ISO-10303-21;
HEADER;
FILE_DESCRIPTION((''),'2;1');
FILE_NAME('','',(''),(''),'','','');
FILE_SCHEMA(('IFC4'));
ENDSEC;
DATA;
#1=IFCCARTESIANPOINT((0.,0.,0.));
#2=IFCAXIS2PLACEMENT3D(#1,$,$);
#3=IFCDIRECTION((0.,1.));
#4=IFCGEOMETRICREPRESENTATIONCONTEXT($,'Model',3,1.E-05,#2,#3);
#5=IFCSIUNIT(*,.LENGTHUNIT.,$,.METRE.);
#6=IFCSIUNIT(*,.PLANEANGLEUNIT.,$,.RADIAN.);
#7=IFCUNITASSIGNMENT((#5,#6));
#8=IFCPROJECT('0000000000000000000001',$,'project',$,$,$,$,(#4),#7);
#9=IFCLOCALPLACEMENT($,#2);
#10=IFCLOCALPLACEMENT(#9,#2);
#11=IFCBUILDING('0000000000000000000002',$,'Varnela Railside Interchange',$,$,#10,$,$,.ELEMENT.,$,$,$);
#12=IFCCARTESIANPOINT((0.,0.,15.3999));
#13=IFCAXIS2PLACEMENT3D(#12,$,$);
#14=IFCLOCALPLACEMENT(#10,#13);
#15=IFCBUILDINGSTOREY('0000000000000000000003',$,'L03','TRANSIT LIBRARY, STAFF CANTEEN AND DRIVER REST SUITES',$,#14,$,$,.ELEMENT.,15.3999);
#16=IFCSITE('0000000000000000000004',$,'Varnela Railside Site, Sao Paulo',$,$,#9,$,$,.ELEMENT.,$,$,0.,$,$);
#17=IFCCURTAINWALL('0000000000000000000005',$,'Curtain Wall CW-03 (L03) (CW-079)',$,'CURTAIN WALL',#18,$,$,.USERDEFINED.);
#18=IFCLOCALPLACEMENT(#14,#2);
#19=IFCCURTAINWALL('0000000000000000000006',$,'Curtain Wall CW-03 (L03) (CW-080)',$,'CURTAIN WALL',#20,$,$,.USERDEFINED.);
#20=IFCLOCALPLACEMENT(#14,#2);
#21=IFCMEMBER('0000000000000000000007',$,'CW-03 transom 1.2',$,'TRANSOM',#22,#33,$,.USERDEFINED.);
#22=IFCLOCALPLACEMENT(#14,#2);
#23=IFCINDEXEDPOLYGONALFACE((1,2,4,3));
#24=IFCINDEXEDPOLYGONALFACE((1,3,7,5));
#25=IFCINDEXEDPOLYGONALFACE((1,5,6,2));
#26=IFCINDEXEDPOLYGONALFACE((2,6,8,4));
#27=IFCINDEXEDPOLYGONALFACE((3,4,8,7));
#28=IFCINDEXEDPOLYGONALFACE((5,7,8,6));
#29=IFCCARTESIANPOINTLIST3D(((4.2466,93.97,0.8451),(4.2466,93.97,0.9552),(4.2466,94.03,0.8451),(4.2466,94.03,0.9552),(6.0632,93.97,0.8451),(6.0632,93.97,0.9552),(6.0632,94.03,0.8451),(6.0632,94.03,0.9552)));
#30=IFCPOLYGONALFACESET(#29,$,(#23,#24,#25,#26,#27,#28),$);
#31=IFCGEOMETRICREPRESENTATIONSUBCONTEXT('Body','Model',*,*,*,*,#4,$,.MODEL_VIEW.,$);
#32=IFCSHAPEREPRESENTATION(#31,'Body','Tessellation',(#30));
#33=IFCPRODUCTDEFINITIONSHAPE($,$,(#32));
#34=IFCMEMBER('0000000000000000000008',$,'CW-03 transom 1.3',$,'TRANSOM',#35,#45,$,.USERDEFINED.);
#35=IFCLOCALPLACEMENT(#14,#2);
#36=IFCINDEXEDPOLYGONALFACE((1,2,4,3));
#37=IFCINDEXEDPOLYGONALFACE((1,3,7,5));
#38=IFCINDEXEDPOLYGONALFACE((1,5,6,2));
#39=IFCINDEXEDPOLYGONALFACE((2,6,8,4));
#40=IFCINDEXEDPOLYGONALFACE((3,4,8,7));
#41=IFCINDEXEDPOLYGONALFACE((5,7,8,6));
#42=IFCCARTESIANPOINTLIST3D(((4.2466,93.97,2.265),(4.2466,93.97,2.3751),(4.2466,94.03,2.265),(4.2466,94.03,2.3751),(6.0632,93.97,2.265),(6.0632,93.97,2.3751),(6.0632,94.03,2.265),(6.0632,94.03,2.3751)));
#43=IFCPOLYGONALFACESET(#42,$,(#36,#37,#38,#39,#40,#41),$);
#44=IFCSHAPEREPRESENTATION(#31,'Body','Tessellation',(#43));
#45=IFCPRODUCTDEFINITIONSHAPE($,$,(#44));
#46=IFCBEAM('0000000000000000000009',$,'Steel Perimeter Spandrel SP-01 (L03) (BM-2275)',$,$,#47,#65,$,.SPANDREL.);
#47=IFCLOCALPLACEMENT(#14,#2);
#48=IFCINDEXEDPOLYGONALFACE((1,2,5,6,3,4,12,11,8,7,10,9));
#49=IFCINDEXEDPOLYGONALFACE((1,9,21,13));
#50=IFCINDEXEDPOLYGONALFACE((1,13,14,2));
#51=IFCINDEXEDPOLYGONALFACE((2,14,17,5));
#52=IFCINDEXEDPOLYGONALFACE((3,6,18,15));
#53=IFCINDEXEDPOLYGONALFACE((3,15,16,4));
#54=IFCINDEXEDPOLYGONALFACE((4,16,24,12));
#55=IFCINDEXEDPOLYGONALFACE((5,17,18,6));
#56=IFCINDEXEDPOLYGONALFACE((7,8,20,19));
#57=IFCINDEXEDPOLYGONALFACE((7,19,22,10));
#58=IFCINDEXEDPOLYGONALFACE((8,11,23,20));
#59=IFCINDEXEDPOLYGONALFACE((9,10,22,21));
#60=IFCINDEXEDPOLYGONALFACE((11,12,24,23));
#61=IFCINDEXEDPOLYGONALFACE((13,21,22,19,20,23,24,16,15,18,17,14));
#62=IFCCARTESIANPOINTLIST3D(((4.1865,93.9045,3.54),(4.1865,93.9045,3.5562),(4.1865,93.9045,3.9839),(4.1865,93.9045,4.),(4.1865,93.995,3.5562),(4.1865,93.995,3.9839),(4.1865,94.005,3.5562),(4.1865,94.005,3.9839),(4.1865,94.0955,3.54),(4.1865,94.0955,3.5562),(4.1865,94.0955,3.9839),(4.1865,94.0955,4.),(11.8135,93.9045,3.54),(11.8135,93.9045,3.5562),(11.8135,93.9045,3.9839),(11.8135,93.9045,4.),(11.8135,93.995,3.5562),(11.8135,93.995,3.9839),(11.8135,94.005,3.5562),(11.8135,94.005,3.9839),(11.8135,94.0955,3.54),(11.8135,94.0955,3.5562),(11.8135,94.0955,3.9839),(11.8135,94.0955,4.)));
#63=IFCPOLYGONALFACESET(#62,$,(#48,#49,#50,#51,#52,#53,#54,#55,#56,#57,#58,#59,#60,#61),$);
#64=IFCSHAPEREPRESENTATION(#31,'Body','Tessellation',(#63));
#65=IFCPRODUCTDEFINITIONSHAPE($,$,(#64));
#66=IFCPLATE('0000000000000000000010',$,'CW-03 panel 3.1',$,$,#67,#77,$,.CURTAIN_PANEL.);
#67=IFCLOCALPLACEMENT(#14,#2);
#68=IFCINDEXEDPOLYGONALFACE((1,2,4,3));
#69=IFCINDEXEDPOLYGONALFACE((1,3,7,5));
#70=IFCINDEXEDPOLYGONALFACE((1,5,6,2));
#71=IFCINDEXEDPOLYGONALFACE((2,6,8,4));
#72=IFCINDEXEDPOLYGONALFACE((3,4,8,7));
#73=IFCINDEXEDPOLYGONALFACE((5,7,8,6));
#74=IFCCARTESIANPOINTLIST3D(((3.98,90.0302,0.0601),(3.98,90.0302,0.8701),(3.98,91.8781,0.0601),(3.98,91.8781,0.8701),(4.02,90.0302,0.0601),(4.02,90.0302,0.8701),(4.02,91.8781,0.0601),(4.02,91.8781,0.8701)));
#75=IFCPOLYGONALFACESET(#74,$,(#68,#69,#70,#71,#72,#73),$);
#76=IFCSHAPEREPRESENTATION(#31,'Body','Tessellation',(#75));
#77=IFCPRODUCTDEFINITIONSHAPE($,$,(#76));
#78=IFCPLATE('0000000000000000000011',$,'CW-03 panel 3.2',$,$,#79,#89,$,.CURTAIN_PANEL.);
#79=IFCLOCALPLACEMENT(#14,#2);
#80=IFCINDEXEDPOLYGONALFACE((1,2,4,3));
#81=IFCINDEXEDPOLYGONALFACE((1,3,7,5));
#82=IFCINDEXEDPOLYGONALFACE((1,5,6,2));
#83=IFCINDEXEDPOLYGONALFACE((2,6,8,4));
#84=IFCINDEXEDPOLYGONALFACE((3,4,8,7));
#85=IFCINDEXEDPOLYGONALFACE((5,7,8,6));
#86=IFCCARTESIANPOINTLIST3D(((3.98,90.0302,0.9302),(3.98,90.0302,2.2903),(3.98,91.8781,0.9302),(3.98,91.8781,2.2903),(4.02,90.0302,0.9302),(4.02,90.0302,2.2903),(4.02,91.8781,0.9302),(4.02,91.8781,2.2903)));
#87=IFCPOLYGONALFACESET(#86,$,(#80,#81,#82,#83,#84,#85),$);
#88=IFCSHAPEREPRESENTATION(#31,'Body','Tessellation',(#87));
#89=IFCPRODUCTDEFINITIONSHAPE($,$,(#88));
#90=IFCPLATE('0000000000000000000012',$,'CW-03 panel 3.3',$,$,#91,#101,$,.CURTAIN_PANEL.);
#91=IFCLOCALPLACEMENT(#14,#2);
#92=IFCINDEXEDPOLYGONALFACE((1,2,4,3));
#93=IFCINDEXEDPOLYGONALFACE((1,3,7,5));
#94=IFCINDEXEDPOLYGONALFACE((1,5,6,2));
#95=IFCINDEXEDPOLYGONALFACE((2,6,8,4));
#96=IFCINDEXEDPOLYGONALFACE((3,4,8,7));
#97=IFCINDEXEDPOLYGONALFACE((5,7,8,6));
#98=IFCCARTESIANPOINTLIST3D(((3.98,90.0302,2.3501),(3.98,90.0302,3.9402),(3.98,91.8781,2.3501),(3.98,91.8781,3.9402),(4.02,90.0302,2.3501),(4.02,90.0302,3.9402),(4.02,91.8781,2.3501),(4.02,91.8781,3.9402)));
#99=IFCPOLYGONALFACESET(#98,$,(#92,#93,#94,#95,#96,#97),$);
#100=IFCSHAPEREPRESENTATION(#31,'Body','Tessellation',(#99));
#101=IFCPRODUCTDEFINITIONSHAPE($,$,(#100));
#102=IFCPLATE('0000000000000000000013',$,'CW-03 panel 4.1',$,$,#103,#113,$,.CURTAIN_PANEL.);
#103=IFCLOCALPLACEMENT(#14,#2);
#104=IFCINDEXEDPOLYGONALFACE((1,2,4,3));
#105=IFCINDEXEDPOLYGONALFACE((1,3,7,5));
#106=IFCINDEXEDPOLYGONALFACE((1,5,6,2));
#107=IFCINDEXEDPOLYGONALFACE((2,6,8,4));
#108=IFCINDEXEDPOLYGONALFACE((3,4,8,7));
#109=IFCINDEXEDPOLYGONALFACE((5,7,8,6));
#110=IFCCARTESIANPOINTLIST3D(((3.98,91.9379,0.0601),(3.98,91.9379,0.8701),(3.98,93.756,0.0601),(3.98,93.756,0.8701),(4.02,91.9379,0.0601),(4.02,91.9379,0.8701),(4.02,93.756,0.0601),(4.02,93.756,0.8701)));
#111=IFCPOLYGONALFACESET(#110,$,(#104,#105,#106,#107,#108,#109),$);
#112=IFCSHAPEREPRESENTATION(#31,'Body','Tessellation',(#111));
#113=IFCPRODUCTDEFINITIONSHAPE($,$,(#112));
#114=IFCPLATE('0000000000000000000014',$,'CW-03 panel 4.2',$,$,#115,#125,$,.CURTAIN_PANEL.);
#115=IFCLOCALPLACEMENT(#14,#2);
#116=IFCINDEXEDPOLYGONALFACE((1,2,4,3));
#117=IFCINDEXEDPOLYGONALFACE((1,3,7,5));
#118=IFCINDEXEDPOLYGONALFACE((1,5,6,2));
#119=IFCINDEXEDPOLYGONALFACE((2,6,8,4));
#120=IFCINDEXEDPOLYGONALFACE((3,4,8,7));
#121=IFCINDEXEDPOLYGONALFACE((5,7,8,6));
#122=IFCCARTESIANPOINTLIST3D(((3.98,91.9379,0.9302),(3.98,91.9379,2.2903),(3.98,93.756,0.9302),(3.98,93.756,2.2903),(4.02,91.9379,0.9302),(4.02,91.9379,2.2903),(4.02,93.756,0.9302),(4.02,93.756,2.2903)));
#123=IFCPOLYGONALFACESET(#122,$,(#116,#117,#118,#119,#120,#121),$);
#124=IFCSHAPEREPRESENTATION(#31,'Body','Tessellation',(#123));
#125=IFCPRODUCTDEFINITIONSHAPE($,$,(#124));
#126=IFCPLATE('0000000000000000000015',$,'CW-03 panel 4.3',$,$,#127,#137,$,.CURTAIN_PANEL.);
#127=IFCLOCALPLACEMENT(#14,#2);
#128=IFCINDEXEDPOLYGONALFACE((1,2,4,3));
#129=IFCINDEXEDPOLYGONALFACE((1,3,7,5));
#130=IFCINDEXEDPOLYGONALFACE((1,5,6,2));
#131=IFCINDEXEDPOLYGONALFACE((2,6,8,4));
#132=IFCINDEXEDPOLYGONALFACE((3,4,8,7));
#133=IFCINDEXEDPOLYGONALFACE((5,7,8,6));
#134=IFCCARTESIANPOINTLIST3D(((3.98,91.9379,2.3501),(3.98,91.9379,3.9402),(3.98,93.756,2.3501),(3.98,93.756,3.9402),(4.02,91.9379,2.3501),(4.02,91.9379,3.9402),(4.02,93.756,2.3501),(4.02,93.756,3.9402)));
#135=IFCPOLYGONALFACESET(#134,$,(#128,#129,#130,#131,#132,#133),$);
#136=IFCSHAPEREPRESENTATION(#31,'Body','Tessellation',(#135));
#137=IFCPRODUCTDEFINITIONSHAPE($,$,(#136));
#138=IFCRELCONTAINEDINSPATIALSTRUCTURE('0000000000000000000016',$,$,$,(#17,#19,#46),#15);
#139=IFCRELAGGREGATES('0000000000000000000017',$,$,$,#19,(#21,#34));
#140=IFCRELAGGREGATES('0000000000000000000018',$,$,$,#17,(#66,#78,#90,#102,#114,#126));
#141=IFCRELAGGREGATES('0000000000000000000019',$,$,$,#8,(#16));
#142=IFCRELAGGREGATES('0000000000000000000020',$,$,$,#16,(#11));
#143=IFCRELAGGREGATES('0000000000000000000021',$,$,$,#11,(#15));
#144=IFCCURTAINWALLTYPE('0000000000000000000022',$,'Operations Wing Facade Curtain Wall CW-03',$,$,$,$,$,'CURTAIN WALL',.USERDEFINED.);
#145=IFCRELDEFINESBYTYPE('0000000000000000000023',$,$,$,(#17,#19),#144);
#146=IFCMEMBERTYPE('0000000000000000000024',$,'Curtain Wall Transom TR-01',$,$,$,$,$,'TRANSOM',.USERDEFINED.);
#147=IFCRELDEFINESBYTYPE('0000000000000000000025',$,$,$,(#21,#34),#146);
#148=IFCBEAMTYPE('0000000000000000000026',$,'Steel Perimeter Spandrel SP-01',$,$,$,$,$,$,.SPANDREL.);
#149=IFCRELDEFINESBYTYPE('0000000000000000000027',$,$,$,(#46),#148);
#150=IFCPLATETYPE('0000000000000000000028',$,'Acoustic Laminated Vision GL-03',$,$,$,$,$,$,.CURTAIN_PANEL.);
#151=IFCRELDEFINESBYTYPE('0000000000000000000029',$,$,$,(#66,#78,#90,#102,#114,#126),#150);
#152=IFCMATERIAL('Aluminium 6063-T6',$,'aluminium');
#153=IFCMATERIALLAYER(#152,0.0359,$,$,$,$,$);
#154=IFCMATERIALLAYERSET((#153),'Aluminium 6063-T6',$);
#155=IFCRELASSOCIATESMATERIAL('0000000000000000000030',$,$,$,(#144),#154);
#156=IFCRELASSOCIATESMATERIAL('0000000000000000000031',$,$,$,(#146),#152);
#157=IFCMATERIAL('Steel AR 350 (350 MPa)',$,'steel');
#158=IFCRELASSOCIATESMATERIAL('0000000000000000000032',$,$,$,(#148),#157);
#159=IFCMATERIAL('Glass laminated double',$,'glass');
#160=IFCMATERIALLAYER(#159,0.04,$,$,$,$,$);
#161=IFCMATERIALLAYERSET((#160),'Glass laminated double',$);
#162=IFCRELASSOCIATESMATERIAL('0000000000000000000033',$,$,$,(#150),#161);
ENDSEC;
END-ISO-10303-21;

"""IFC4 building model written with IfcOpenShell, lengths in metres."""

from ifc_helpers import new_model, si_unit, direction, frame, origin, origin_2d, place, context, subcontext, project, spatial, rectangle, i_section, extrude, material, layer, layer_set, material_profile, profile_set, type_object, element, aggregate, save


model = new_model("IFC4")

# Units and contexts
model_context = context("Model", 3, precision=1e-05, world=origin(), true_north=direction((0.0, 1.0)))
body_context = subcontext(model_context, "Body", "Model", "MODEL_VIEW")
ifc_project = project(units=[si_unit("LENGTHUNIT", "METRE"), si_unit("PLANEANGLEUNIT", "RADIAN")], contexts=[model_context])

# Site, building, storey
site_placement = place(None, origin())
site = spatial("IfcSite", under=ifc_project, at=site_placement, Name="Varnela Railside Site, Sao Paulo", CompositionType="ELEMENT", RefElevation=0.0)
building_placement = place(site_placement, origin())
building = spatial("IfcBuilding", under=site, at=building_placement, Name="Varnela Railside Interchange", CompositionType="ELEMENT")
storey_placement = place(building_placement, frame((0.0, 0.0, 15.3999)))
storey = spatial("IfcBuildingStorey", under=building, at=storey_placement, Name="L03", Description="TRANSIT LIBRARY, STAFF CANTEEN AND DRIVER REST SUITES", CompositionType="ELEMENT", Elevation=15.3999)

# Shared definitions
ifc_material_1 = material(Name="Steel AR 350 (350 MPa)", Category="steel")

# Curtain wall
ifc_material_2 = material(Name="Aluminium 6063-T6", Category="aluminium")
ifc_layer_1 = layer(ifc_material_2, 0.0359)
ifc_layer_set_1 = layer_set([ifc_layer_1], Name="Aluminium 6063-T6")
curtain_wall_type = type_object("IfcCurtainWallType", Name="Operations Wing Facade Curtain Wall CW-03", ElementType="CURTAIN WALL", PredefinedType="USERDEFINED", material=ifc_layer_set_1)
curtain_wall_1_placement = place(storey_placement, origin())
curtain_wall_1 = element("IfcCurtainWall", 1, at=curtain_wall_1_placement, inside=storey, type_object=curtain_wall_type, Name="Curtain Wall CW-03 (L03) (CW-079)", ObjectType="CURTAIN WALL", PredefinedType="USERDEFINED")

# Curtain wall
curtain_wall_2_placement = place(storey_placement, origin())
curtain_wall_2 = element("IfcCurtainWall", 2, at=curtain_wall_2_placement, inside=storey, type_object=curtain_wall_type, Name="Curtain Wall CW-03 (L03) (CW-080)", ObjectType="CURTAIN WALL", PredefinedType="USERDEFINED")

# Members
ifc_material_profile_1 = material_profile(ifc_material_2, rectangle(XDim=0.0601, YDim=0.1101, at=origin_2d()), Name="ALU 60x110")
ifc_profile_set_1 = profile_set([ifc_material_profile_1], Name="Aluminium 6063-T6")
member_type_1 = type_object("IfcMemberType", Name="Curtain Wall Transom TR-01", ElementType="TRANSOM", PredefinedType="USERDEFINED", material=ifc_profile_set_1)
member_1_placement = place(storey_placement, frame((4.2466, 94.0, 0.9001), z_axis=(1.0, 0.0, 0.0), x_axis=(0.0, 1.0, 0.0)))
member_1 = element("IfcMember", 3, at=member_1_placement, type_object=member_type_1, Name="CW-03 transom 1.2", ObjectType="TRANSOM", PredefinedType="USERDEFINED", context=body_context, shape_type="SweptSolid", body=[
    extrude(rectangle(XDim=0.0601, YDim=0.1101, at=origin_2d()), origin(), (0.0, 0.0, 1.0), 1.8167),
])
member_2_placement = place(storey_placement, frame((4.2466, 94.0, 2.3201), z_axis=(1.0, 0.0, 0.0), x_axis=(0.0, 1.0, 0.0)))
member_2 = element("IfcMember", 4, at=member_2_placement, type_object=member_type_1, Name="CW-03 transom 1.3", ObjectType="TRANSOM", PredefinedType="USERDEFINED", context=body_context, shape_type="SweptSolid", body=[
    extrude(rectangle(XDim=0.0601, YDim=0.1101, at=origin_2d()), origin(), (0.0, 0.0, 1.0), 1.8167),
])
aggregate(curtain_wall_2, [member_1, member_2])

# Beam
ifc_material_profile_2 = material_profile(ifc_material_1, i_section(OverallWidth=0.1909, OverallDepth=0.46, WebThickness=0.01, FlangeThickness=0.0161, at=origin_2d()), Name="W460x82")
ifc_profile_set_2 = profile_set([ifc_material_profile_2], Name="Steel AR 350 (350 MPa)")
beam_type = type_object("IfcBeamType", Name="Steel Perimeter Spandrel SP-01", PredefinedType="SPANDREL", material=ifc_profile_set_2)
beam_placement = place(storey_placement, frame((4.1865, 94.0, 3.77), z_axis=(1.0, 0.0, 0.0), x_axis=(0.0, 1.0, 0.0)))
element("IfcBeam", 5, at=beam_placement, inside=storey, type_object=beam_type, Name="Steel Perimeter Spandrel SP-01 (L03) (BM-2275)", PredefinedType="SPANDREL", context=body_context, shape_type="SweptSolid", body=[
    extrude(i_section(OverallWidth=0.1909, OverallDepth=0.46, WebThickness=0.01, FlangeThickness=0.0161, at=origin_2d()), origin(), (0.0, 0.0, 1.0), 7.627),
])

# Plates
ifc_material_3 = material(Name="Glass laminated double", Category="glass")
ifc_layer_2 = layer(ifc_material_3, 0.04)
ifc_layer_set_2 = layer_set([ifc_layer_2], Name="Glass laminated double")
plate_type = type_object("IfcPlateType", Name="Acoustic Laminated Vision GL-03", PredefinedType="CURTAIN_PANEL", material=ifc_layer_set_2)
plate_1_placement = place(storey_placement, frame((4.0, 90.9541, 0.0601), z_axis=(0.0, 0.0, 1.0), x_axis=(0.0, 1.0, 0.0)))
plate_1 = element("IfcPlate", 6, at=plate_1_placement, type_object=plate_type, Name="CW-03 panel 3.1", PredefinedType="CURTAIN_PANEL", context=body_context, shape_type="SweptSolid", body=[
    extrude(rectangle(XDim=1.8479, YDim=0.04, at=origin_2d()), origin(), (0.0, 0.0, 1.0), 0.8101),
])
plate_2_placement = place(storey_placement, frame((4.0, 90.9541, 0.9302), z_axis=(0.0, 0.0, 1.0), x_axis=(0.0, 1.0, 0.0)))
plate_2 = element("IfcPlate", 7, at=plate_2_placement, type_object=plate_type, Name="CW-03 panel 3.2", PredefinedType="CURTAIN_PANEL", context=body_context, shape_type="SweptSolid", body=[
    extrude(rectangle(XDim=1.8479, YDim=0.04, at=origin_2d()), origin(), (0.0, 0.0, 1.0), 1.3601),
])
plate_3_placement = place(storey_placement, frame((4.0, 90.9541, 2.3501), z_axis=(0.0, 0.0, 1.0), x_axis=(0.0, 1.0, 0.0)))
plate_3 = element("IfcPlate", 8, at=plate_3_placement, type_object=plate_type, Name="CW-03 panel 3.3", PredefinedType="CURTAIN_PANEL", context=body_context, shape_type="SweptSolid", body=[
    extrude(rectangle(XDim=1.8479, YDim=0.04, at=origin_2d()), origin(), (0.0, 0.0, 1.0), 1.5901),
])
plate_4_placement = place(storey_placement, frame((4.0, 92.8469, 0.0601), z_axis=(0.0, 0.0, 1.0), x_axis=(0.0, 1.0, 0.0)))
plate_4 = element("IfcPlate", 9, at=plate_4_placement, type_object=plate_type, Name="CW-03 panel 4.1", PredefinedType="CURTAIN_PANEL", context=body_context, shape_type="SweptSolid", body=[
    extrude(rectangle(XDim=1.8181, YDim=0.04, at=origin_2d()), origin(), (0.0, 0.0, 1.0), 0.8101),
])
plate_5_placement = place(storey_placement, frame((4.0, 92.8469, 0.9302), z_axis=(0.0, 0.0, 1.0), x_axis=(0.0, 1.0, 0.0)))
plate_5 = element("IfcPlate", 10, at=plate_5_placement, type_object=plate_type, Name="CW-03 panel 4.2", PredefinedType="CURTAIN_PANEL", context=body_context, shape_type="SweptSolid", body=[
    extrude(rectangle(XDim=1.8181, YDim=0.04, at=origin_2d()), origin(), (0.0, 0.0, 1.0), 1.3601),
])
plate_6_placement = place(storey_placement, frame((4.0, 92.8469, 2.3501), z_axis=(0.0, 0.0, 1.0), x_axis=(0.0, 1.0, 0.0)))
plate_6 = element("IfcPlate", 11, at=plate_6_placement, type_object=plate_type, Name="CW-03 panel 4.3", PredefinedType="CURTAIN_PANEL", context=body_context, shape_type="SweptSolid", body=[
    extrude(rectangle(XDim=1.8181, YDim=0.04, at=origin_2d()), origin(), (0.0, 0.0, 1.0), 1.5901),
])
aggregate(curtain_wall_1, [plate_1, plate_2, plate_3, plate_4, plate_5, plate_6])

save(model, "model.ifc")
